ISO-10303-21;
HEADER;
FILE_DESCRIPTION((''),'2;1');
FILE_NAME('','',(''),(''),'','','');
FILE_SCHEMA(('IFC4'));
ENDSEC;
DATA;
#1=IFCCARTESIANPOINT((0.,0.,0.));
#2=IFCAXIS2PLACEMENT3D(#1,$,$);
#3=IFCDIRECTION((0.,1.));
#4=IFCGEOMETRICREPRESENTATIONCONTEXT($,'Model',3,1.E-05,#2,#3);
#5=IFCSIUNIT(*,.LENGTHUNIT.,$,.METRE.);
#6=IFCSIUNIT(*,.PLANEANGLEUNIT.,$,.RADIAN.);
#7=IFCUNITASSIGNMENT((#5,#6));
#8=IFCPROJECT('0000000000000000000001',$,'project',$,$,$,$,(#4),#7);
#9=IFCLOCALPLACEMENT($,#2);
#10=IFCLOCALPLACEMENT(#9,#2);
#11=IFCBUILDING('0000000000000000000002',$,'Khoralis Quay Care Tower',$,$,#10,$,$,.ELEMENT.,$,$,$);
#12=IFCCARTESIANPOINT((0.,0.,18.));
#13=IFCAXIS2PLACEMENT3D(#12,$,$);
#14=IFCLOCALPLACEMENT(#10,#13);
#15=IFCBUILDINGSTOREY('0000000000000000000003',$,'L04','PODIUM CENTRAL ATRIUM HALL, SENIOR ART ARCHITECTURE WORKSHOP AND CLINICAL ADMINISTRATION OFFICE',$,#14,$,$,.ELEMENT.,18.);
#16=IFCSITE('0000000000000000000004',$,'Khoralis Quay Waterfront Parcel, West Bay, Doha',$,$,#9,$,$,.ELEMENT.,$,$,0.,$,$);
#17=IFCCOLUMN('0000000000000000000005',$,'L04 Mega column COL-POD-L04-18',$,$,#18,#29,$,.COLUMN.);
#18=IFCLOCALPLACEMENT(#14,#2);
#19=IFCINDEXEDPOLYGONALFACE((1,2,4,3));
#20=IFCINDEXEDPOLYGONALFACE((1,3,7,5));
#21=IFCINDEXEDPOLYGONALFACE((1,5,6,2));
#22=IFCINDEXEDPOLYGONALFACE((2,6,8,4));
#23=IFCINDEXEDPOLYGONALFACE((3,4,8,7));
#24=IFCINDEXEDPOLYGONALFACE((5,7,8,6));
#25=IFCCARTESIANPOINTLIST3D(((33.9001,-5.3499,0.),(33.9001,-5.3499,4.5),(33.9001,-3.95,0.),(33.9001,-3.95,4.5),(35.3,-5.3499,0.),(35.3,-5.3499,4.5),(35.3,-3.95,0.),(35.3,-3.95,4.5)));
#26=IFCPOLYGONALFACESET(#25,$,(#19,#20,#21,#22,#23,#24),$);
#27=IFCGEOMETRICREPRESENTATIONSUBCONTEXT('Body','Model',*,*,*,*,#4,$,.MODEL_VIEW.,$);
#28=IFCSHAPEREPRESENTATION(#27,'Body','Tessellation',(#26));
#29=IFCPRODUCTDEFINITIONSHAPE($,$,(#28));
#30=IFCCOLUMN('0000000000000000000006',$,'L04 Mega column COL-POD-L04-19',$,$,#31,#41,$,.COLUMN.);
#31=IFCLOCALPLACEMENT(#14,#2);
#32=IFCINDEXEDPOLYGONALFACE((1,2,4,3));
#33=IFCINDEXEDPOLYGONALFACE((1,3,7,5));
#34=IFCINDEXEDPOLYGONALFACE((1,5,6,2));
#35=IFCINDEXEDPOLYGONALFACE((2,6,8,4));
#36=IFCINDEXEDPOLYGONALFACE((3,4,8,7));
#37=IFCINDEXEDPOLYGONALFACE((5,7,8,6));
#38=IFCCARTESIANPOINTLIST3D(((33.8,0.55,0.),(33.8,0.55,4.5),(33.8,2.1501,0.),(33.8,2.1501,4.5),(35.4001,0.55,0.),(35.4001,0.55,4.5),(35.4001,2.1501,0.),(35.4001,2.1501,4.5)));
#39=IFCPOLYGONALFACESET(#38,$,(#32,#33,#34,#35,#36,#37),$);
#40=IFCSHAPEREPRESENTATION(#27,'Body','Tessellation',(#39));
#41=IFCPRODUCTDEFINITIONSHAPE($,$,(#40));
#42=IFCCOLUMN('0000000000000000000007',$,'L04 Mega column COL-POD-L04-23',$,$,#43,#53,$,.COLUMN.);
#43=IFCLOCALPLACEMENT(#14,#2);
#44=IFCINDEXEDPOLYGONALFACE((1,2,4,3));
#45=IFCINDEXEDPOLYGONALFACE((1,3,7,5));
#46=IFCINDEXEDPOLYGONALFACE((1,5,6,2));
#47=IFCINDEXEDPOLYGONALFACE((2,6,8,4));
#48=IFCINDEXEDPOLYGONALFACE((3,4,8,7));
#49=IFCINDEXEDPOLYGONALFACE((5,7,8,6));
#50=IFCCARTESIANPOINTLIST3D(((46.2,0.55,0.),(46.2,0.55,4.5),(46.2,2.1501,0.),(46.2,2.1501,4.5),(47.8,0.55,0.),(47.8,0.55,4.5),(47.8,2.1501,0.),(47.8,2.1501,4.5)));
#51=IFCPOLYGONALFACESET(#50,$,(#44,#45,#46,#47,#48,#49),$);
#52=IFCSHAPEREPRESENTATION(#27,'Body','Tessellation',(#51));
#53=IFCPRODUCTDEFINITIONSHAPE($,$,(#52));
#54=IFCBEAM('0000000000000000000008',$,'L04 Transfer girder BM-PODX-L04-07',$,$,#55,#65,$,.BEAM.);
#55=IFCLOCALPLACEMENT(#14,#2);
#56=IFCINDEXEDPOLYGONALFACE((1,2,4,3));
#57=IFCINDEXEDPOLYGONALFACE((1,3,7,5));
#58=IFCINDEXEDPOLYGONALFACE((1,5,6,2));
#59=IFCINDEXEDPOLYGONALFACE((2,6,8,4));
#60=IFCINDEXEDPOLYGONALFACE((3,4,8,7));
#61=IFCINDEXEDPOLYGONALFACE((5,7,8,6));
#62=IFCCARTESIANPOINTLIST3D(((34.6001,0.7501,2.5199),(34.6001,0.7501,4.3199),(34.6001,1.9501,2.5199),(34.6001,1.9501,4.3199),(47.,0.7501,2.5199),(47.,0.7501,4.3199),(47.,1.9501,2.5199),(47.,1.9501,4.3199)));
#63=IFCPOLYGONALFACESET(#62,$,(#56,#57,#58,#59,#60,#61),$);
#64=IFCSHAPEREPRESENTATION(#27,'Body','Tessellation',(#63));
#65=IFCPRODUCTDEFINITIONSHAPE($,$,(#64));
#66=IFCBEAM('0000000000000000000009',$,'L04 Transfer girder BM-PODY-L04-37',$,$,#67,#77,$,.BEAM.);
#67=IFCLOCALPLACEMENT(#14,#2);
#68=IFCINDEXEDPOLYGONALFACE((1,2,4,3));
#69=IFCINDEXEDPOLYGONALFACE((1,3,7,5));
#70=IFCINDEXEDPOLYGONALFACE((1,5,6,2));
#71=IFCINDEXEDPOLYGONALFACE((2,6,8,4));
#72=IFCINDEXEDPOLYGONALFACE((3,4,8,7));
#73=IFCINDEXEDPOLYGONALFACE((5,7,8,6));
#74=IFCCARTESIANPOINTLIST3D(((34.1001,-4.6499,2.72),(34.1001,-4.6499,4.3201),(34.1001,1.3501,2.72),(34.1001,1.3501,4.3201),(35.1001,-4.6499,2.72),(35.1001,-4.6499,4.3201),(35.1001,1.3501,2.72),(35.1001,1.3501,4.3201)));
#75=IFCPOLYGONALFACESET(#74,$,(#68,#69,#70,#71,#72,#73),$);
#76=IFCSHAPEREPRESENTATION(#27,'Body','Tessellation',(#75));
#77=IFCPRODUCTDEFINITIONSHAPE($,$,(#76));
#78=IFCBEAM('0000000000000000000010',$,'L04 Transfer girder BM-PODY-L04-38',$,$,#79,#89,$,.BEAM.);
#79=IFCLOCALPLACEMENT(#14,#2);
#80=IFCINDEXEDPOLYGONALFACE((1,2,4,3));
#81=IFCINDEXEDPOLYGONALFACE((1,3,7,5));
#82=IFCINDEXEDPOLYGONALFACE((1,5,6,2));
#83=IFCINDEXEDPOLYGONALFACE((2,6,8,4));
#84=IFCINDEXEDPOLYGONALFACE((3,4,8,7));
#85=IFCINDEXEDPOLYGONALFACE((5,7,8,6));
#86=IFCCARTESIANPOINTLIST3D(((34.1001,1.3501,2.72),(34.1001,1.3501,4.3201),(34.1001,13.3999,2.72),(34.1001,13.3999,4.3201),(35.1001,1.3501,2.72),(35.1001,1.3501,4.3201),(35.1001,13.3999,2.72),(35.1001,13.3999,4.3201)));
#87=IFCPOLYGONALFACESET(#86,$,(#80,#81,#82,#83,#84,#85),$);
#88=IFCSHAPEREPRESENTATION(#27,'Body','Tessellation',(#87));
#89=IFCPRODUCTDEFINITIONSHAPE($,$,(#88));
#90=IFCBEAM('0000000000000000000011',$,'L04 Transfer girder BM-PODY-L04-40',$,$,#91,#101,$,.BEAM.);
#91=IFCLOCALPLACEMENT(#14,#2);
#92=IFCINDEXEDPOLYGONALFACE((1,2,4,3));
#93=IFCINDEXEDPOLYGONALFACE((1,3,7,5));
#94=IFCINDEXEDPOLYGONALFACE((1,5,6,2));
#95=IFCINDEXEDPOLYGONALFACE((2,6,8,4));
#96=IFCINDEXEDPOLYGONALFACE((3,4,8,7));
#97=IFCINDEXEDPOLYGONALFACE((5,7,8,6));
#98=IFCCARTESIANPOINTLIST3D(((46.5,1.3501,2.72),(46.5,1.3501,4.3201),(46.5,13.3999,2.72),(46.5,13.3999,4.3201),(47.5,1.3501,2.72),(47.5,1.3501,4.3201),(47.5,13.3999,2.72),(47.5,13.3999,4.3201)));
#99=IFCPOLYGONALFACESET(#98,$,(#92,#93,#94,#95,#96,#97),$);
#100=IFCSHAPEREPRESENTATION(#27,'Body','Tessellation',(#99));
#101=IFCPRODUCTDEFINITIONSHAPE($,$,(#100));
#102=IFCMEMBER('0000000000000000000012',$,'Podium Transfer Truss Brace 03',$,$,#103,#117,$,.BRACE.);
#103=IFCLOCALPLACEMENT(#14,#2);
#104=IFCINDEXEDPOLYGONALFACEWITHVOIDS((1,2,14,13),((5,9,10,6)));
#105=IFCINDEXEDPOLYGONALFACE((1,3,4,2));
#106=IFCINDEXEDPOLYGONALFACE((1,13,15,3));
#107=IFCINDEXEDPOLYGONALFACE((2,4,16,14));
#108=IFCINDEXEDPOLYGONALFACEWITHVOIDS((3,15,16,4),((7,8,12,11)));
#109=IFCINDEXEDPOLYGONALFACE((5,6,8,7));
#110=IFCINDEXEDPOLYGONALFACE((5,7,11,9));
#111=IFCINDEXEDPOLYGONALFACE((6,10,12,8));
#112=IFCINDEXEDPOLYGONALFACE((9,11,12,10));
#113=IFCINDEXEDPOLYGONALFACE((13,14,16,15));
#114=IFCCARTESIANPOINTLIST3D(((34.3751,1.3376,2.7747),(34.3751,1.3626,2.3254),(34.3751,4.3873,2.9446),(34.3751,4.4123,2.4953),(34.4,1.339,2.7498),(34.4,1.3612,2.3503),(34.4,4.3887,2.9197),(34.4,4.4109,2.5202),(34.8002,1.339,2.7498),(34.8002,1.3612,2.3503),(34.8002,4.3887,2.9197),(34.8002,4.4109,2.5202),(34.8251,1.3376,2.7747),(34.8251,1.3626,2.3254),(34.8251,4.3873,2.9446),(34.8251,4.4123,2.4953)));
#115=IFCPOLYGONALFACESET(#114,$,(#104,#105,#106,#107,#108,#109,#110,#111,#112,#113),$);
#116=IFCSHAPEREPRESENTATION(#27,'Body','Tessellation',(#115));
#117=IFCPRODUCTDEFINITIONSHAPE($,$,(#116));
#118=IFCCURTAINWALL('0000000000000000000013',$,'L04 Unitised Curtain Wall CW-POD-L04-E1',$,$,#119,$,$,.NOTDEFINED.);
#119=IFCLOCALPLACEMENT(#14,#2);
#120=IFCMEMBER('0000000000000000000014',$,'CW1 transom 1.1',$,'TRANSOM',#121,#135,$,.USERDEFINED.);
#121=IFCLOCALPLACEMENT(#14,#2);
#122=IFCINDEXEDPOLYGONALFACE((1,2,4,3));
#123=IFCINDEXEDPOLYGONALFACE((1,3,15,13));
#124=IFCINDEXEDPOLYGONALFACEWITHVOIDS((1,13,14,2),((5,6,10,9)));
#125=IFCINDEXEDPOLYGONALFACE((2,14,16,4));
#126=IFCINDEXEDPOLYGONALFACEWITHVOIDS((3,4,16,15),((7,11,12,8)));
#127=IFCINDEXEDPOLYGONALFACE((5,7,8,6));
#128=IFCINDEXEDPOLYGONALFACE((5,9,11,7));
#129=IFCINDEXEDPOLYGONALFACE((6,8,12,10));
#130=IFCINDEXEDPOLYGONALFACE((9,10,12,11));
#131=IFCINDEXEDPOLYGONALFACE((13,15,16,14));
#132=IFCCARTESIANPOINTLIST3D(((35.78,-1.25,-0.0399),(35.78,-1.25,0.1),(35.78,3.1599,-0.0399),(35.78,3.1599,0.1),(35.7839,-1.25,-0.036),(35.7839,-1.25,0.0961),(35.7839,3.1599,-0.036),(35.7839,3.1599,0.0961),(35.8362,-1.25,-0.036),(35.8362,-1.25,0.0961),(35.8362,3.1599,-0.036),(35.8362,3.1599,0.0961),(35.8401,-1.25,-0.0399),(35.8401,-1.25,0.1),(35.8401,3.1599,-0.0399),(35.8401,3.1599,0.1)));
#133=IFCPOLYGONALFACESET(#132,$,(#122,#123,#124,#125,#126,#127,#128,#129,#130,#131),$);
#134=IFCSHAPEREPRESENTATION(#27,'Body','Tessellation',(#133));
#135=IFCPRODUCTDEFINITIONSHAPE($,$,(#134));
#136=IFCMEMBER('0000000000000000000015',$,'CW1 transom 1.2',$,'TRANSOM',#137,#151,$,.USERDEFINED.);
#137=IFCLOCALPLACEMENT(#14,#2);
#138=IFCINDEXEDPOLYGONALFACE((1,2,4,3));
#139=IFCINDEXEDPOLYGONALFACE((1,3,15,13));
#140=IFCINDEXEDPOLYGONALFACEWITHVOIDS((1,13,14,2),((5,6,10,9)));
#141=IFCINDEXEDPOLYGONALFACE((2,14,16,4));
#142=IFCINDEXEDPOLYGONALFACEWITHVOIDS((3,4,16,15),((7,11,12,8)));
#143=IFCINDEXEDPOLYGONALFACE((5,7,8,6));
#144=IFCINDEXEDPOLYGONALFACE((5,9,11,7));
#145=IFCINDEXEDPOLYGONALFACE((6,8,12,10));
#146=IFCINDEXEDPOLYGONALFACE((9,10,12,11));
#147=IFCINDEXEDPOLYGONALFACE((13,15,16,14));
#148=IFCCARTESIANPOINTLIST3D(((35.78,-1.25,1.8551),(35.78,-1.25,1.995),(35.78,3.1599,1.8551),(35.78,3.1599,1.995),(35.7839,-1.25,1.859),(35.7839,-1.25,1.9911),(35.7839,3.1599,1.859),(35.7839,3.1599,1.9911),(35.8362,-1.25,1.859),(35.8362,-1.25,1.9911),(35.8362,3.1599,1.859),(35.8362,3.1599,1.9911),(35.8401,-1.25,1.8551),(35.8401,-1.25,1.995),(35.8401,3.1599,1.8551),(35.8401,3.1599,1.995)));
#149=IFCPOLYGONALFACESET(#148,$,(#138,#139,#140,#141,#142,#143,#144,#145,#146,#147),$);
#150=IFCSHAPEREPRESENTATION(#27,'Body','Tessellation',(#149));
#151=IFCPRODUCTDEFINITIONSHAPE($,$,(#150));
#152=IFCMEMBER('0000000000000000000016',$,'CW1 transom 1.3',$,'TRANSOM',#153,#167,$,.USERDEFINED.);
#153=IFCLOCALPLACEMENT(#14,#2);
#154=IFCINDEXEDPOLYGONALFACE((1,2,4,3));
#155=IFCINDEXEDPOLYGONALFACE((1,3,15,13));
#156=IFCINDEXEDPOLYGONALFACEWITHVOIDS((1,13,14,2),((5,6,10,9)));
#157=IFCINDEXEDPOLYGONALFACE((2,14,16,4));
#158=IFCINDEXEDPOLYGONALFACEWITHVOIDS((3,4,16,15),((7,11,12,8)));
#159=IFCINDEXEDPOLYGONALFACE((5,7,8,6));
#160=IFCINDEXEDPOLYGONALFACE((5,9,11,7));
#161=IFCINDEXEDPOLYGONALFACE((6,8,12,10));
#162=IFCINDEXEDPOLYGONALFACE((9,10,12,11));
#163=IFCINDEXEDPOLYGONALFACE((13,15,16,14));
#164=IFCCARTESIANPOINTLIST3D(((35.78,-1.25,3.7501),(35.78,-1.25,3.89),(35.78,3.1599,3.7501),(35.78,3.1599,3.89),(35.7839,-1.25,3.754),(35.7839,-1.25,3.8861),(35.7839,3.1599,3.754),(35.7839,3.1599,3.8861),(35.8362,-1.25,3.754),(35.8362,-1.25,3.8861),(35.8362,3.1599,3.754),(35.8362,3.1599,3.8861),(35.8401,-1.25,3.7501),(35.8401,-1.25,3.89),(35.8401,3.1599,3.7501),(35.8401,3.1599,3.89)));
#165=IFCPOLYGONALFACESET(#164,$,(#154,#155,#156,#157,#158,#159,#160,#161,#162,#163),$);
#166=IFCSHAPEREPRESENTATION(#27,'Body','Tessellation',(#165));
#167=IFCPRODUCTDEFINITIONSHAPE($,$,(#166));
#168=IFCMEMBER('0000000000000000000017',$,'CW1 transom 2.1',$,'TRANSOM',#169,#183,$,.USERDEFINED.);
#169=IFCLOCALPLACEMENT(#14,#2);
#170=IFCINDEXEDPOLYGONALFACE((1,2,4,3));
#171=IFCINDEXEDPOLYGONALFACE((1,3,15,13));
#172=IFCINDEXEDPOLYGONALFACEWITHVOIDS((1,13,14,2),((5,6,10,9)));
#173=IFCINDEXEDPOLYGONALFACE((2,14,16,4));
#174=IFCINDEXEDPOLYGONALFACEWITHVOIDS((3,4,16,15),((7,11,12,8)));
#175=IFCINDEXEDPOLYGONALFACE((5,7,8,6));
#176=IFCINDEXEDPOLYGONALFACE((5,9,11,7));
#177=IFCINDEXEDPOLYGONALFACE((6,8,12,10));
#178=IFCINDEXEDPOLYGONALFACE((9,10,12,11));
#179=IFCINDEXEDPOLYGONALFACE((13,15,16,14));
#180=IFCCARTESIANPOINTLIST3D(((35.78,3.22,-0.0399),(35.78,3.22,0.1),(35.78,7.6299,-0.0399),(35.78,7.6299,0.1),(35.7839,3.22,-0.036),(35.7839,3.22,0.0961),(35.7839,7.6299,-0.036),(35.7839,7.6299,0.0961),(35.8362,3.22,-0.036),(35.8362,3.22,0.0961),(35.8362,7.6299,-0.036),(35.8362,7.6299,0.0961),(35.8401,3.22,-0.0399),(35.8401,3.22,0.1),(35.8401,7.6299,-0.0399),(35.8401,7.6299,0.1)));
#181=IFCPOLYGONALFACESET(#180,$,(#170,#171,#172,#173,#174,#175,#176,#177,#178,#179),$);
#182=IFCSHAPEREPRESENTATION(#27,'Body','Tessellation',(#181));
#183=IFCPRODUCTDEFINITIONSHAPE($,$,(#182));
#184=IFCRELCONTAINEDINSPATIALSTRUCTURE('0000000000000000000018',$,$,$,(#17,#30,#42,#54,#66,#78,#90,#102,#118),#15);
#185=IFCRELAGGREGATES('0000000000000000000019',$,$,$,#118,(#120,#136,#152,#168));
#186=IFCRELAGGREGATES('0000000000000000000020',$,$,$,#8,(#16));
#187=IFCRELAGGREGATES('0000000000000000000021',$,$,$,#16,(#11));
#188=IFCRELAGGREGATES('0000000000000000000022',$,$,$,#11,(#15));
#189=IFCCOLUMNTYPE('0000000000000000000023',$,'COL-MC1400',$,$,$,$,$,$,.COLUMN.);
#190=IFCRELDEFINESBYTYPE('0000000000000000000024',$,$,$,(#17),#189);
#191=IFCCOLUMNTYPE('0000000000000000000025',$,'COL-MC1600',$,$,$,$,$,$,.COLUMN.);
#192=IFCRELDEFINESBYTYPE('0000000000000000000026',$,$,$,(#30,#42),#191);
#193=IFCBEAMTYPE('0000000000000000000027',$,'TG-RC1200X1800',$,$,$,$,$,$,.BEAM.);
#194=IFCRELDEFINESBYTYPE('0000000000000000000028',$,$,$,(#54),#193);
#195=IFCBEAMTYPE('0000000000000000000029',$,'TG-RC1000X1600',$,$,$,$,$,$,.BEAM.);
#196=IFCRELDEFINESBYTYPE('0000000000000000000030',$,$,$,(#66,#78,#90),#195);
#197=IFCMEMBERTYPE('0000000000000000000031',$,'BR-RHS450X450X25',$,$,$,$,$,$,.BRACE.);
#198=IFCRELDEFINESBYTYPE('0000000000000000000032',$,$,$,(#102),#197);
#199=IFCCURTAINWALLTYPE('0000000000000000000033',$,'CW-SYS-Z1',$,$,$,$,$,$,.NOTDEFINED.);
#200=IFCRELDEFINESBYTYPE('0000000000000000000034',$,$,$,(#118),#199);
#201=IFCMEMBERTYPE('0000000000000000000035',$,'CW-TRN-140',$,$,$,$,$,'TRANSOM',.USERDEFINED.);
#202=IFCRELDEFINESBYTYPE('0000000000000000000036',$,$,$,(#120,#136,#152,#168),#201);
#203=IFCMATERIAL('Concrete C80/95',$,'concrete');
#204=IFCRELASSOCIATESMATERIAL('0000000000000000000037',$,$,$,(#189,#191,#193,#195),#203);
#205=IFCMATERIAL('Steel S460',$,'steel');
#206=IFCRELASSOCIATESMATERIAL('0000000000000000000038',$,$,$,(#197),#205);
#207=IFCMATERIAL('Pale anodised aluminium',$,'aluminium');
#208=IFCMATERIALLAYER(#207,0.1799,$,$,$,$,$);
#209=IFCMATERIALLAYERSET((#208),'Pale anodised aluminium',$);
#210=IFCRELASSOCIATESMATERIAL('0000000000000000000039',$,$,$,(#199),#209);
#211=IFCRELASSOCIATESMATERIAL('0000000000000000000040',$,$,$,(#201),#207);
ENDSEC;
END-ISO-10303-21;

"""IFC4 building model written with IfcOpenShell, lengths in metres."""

from ifc_helpers import new_model, si_unit, direction, frame, origin, origin_2d, place, context, subcontext, project, spatial, rectangle, hollow_rectangle, extrude, source, transform, mapped, material, layer, layer_set, material_profile, profile_set, type_object, element, aggregate, save


model = new_model("IFC4")

# Units and contexts
model_context = context("Model", 3, precision=1e-05, world=origin(), true_north=direction((0.0, 1.0)))
body_context = subcontext(model_context, "Body", "Model", "MODEL_VIEW")
ifc_project = project(units=[si_unit("LENGTHUNIT", "METRE"), si_unit("PLANEANGLEUNIT", "RADIAN")], contexts=[model_context])

# Site, building, storey
site_placement = place(None, origin())
site = spatial("IfcSite", under=ifc_project, at=site_placement, Name="Khoralis Quay Waterfront Parcel, West Bay, Doha", CompositionType="ELEMENT", RefElevation=0.0)
building_placement = place(site_placement, origin())
building = spatial("IfcBuilding", under=site, at=building_placement, Name="Khoralis Quay Care Tower", CompositionType="ELEMENT")
storey_placement = place(building_placement, frame((0.0, 0.0, 18.0)))
storey = spatial("IfcBuildingStorey", under=building, at=storey_placement, Name="L04", Description="PODIUM CENTRAL ATRIUM HALL, SENIOR ART ARCHITECTURE WORKSHOP AND CLINICAL ADMINISTRATION OFFICE", CompositionType="ELEMENT", Elevation=18.0)

# Columns
ifc_material_1 = material(Name="Concrete C80/95", Category="concrete")
ifc_material_profile_1 = material_profile(ifc_material_1, rectangle(XDim=1.3999, YDim=1.3999, at=origin_2d()), Name="Concrete C80/95")
ifc_profile_set_1 = profile_set([ifc_material_profile_1], Name="Concrete C80/95")
column_type_1 = type_object("IfcColumnType", Name="COL-MC1400", PredefinedType="COLUMN", material=ifc_profile_set_1)
shared_shape_1 = source(origin(), body_context, "Body", "SweptSolid", [
    extrude(rectangle(XDim=1.3999, YDim=1.3999, at=origin_2d()), origin(), (0.0, 0.0, 1.0), 4.5),
])
column_placement = place(storey_placement, frame((34.6001, -4.6499, 0.0), z_axis=(0.0, 0.0, 1.0), x_axis=(1.0, 0.0, 0.0)))
element("IfcColumn", 1, at=column_placement, inside=storey, type_object=column_type_1, Name="L04 Mega column COL-POD-L04-18", PredefinedType="COLUMN", context=body_context, shape_type="MappedRepresentation", body=[
    mapped(shared_shape_1, transform((0.0, 0.0, 0.0), scale=1.0)),
])
ifc_material_profile_2 = material_profile(ifc_material_1, rectangle(XDim=1.6001, YDim=1.6001, at=origin_2d()), Name="Concrete C80/95")
ifc_profile_set_2 = profile_set([ifc_material_profile_2], Name="Concrete C80/95")
column_type_2 = type_object("IfcColumnType", Name="COL-MC1600", PredefinedType="COLUMN", material=ifc_profile_set_2)
shared_shape_2 = source(origin(), body_context, "Body", "SweptSolid", [
    extrude(rectangle(XDim=1.6001, YDim=1.6001, at=origin_2d()), origin(), (0.0, 0.0, 1.0), 4.5),
])
for number, where, z_axis, x_axis, name in (
    (2, (34.6001, 1.3501, 0.0), (0.0, 0.0, 1.0), (1.0, 0.0, 0.0), "L04 Mega column COL-POD-L04-19"),
    (3, (47.0, 1.3501, 0.0), (0.0, 0.0, 1.0), (1.0, 0.0, 0.0), "L04 Mega column COL-POD-L04-23"),
):
    element("IfcColumn", number, at=place(storey_placement, frame(where, z_axis=z_axis, x_axis=x_axis)), inside=storey, type_object=column_type_2, Name=name, PredefinedType="COLUMN", context=body_context, shape_type="MappedRepresentation", body=[
        mapped(shared_shape_2, transform((0.0, 0.0, 0.0), scale=1.0)),
    ])

# Beams
ifc_material_profile_3 = material_profile(ifc_material_1, rectangle(XDim=1.2, YDim=1.8, at=origin_2d()), Name="Concrete C80/95")
ifc_profile_set_3 = profile_set([ifc_material_profile_3], Name="Concrete C80/95")
beam_type_1 = type_object("IfcBeamType", Name="TG-RC1200X1800", PredefinedType="BEAM", material=ifc_profile_set_3)
shared_shape_3 = source(origin(), body_context, "Body", "SweptSolid", [
    extrude(rectangle(XDim=1.2, YDim=1.8, at=origin_2d()), origin(), (0.0, 0.0, 1.0), 12.3999),
])
beam_1_placement = place(storey_placement, frame((34.6001, 1.3501, 3.4199), z_axis=(1.0, 0.0, 0.0), x_axis=(0.0, 1.0, 0.0)))
element("IfcBeam", 4, at=beam_1_placement, inside=storey, type_object=beam_type_1, Name="L04 Transfer girder BM-PODX-L04-07", PredefinedType="BEAM", context=body_context, shape_type="MappedRepresentation", body=[
    mapped(shared_shape_3, transform((0.0, 0.0, 0.0), scale=1.0)),
])
ifc_material_profile_4 = material_profile(ifc_material_1, rectangle(XDim=1.0, YDim=1.6001, at=origin_2d()), Name="Concrete C80/95")
ifc_profile_set_4 = profile_set([ifc_material_profile_4], Name="Concrete C80/95")
beam_type_2 = type_object("IfcBeamType", Name="TG-RC1000X1600", PredefinedType="BEAM", material=ifc_profile_set_4)
shared_shape_4 = source(origin(), body_context, "Body", "SweptSolid", [
    extrude(rectangle(XDim=1.0, YDim=1.6001, at=origin_2d()), origin(), (0.0, 0.0, 1.0), 6.0),
])
beam_2_placement = place(storey_placement, frame((34.6001, -4.6499, 3.52), z_axis=(0.0, 1.0, 0.0), x_axis=(-1.0, 0.0, 0.0)))
element("IfcBeam", 5, at=beam_2_placement, inside=storey, type_object=beam_type_2, Name="L04 Transfer girder BM-PODY-L04-37", PredefinedType="BEAM", context=body_context, shape_type="MappedRepresentation", body=[
    mapped(shared_shape_4, transform((0.0, 0.0, 0.0), scale=1.0)),
])
shared_shape_5 = source(origin(), body_context, "Body", "SweptSolid", [
    extrude(rectangle(XDim=1.0, YDim=1.6001, at=origin_2d()), origin(), (0.0, 0.0, 1.0), 12.0498),
])
for number, where, z_axis, x_axis, name in (
    (6, (34.6001, 1.3501, 3.52), (0.0, 1.0, 0.0), (-1.0, 0.0, 0.0), "L04 Transfer girder BM-PODY-L04-38"),
    (7, (47.0, 1.3501, 3.52), (0.0, 1.0, 0.0), (-1.0, 0.0, 0.0), "L04 Transfer girder BM-PODY-L04-40"),
):
    element("IfcBeam", number, at=place(storey_placement, frame(where, z_axis=z_axis, x_axis=x_axis)), inside=storey, type_object=beam_type_2, Name=name, PredefinedType="BEAM", context=body_context, shape_type="MappedRepresentation", body=[
        mapped(shared_shape_5, transform((0.0, 0.0, 0.0), scale=1.0)),
    ])

# Member
ifc_material_2 = material(Name="Steel S460", Category="steel")
ifc_material_profile_5 = material_profile(ifc_material_2, hollow_rectangle(XDim=0.45, YDim=0.45, WallThickness=0.0249, at=origin_2d()), Name="Steel S460")
ifc_profile_set_5 = profile_set([ifc_material_profile_5], Name="Steel S460")
member_type_1 = type_object("IfcMemberType", Name="BR-RHS450X450X25", PredefinedType="BRACE", material=ifc_profile_set_5)
shared_shape_6 = source(origin(), body_context, "Body", "SweptSolid", [
    extrude(hollow_rectangle(XDim=0.45, YDim=0.45, WallThickness=0.0249, at=origin_2d()), origin(), (0.0, 0.0, 1.0), 3.0544),
])
member_1_placement = place(storey_placement, frame((34.6001, 1.3501, 2.55), z_axis=(0.0, 0.998451, 0.055629), x_axis=(-1.0, 0.0, 0.0)))
element("IfcMember", 8, at=member_1_placement, inside=storey, type_object=member_type_1, Name="Podium Transfer Truss Brace 03", PredefinedType="BRACE", context=body_context, shape_type="MappedRepresentation", body=[
    mapped(shared_shape_6, transform((0.0, 0.0, 0.0), scale=1.0)),
])

# Curtain wall, members
ifc_material_3 = material(Name="Pale anodised aluminium", Category="aluminium")
ifc_layer_1 = layer(ifc_material_3, 0.1799)
ifc_layer_set_1 = layer_set([ifc_layer_1], Name="Pale anodised aluminium")
curtain_wall_type = type_object("IfcCurtainWallType", Name="CW-SYS-Z1", PredefinedType="NOTDEFINED", material=ifc_layer_set_1)
curtain_wall_placement = place(storey_placement, origin())
curtain_wall = element("IfcCurtainWall", 9, at=curtain_wall_placement, inside=storey, type_object=curtain_wall_type, Name="L04 Unitised Curtain Wall CW-POD-L04-E1", PredefinedType="NOTDEFINED")
ifc_material_profile_6 = material_profile(ifc_material_3, hollow_rectangle(XDim=0.0601, YDim=0.1399, WallThickness=0.0039, at=origin_2d()), Name="Pale anodised aluminium")
ifc_profile_set_6 = profile_set([ifc_material_profile_6], Name="Pale anodised aluminium")
member_type_2 = type_object("IfcMemberType", Name="CW-TRN-140", ElementType="TRANSOM", PredefinedType="USERDEFINED", material=ifc_profile_set_6)
shared_shape_7 = source(origin(), body_context, "Body", "SweptSolid", [
    extrude(hollow_rectangle(XDim=0.0601, YDim=0.1399, WallThickness=0.0039, at=origin_2d()), origin(), (0.0, 0.0, 1.0), 4.4099),
])
member_2_placement = place(storey_placement, frame((35.8101, -1.25, 0.03), z_axis=(0.0, 1.0, 0.0), x_axis=(-1.0, 0.0, 0.0)))
member_2 = element("IfcMember", 10, at=member_2_placement, type_object=member_type_2, Name="CW1 transom 1.1", ObjectType="TRANSOM", PredefinedType="USERDEFINED", context=body_context, shape_type="MappedRepresentation", body=[
    mapped(shared_shape_7, transform((0.0, 0.0, 0.0), scale=1.0)),
])
member_3_placement = place(storey_placement, frame((35.8101, -1.25, 1.925), z_axis=(0.0, 1.0, 0.0), x_axis=(-1.0, 0.0, 0.0)))
member_3 = element("IfcMember", 11, at=member_3_placement, type_object=member_type_2, Name="CW1 transom 1.2", ObjectType="TRANSOM", PredefinedType="USERDEFINED", context=body_context, shape_type="MappedRepresentation", body=[
    mapped(shared_shape_7, transform((0.0, 0.0, 0.0), scale=1.0)),
])
member_4_placement = place(storey_placement, frame((35.8101, -1.25, 3.8201), z_axis=(0.0, 1.0, 0.0), x_axis=(-1.0, 0.0, 0.0)))
member_4 = element("IfcMember", 12, at=member_4_placement, type_object=member_type_2, Name="CW1 transom 1.3", ObjectType="TRANSOM", PredefinedType="USERDEFINED", context=body_context, shape_type="MappedRepresentation", body=[
    mapped(shared_shape_7, transform((0.0, 0.0, 0.0), scale=1.0)),
])
member_5_placement = place(storey_placement, frame((35.8101, 3.22, 0.03), z_axis=(0.0, 1.0, 0.0), x_axis=(-1.0, 0.0, 0.0)))
member_5 = element("IfcMember", 13, at=member_5_placement, type_object=member_type_2, Name="CW1 transom 2.1", ObjectType="TRANSOM", PredefinedType="USERDEFINED", context=body_context, shape_type="MappedRepresentation", body=[
    mapped(shared_shape_7, transform((0.0, 0.0, 0.0), scale=1.0)),
])

aggregate(curtain_wall, [member_2, member_3, member_4, member_5])

save(model, "model.ifc")
